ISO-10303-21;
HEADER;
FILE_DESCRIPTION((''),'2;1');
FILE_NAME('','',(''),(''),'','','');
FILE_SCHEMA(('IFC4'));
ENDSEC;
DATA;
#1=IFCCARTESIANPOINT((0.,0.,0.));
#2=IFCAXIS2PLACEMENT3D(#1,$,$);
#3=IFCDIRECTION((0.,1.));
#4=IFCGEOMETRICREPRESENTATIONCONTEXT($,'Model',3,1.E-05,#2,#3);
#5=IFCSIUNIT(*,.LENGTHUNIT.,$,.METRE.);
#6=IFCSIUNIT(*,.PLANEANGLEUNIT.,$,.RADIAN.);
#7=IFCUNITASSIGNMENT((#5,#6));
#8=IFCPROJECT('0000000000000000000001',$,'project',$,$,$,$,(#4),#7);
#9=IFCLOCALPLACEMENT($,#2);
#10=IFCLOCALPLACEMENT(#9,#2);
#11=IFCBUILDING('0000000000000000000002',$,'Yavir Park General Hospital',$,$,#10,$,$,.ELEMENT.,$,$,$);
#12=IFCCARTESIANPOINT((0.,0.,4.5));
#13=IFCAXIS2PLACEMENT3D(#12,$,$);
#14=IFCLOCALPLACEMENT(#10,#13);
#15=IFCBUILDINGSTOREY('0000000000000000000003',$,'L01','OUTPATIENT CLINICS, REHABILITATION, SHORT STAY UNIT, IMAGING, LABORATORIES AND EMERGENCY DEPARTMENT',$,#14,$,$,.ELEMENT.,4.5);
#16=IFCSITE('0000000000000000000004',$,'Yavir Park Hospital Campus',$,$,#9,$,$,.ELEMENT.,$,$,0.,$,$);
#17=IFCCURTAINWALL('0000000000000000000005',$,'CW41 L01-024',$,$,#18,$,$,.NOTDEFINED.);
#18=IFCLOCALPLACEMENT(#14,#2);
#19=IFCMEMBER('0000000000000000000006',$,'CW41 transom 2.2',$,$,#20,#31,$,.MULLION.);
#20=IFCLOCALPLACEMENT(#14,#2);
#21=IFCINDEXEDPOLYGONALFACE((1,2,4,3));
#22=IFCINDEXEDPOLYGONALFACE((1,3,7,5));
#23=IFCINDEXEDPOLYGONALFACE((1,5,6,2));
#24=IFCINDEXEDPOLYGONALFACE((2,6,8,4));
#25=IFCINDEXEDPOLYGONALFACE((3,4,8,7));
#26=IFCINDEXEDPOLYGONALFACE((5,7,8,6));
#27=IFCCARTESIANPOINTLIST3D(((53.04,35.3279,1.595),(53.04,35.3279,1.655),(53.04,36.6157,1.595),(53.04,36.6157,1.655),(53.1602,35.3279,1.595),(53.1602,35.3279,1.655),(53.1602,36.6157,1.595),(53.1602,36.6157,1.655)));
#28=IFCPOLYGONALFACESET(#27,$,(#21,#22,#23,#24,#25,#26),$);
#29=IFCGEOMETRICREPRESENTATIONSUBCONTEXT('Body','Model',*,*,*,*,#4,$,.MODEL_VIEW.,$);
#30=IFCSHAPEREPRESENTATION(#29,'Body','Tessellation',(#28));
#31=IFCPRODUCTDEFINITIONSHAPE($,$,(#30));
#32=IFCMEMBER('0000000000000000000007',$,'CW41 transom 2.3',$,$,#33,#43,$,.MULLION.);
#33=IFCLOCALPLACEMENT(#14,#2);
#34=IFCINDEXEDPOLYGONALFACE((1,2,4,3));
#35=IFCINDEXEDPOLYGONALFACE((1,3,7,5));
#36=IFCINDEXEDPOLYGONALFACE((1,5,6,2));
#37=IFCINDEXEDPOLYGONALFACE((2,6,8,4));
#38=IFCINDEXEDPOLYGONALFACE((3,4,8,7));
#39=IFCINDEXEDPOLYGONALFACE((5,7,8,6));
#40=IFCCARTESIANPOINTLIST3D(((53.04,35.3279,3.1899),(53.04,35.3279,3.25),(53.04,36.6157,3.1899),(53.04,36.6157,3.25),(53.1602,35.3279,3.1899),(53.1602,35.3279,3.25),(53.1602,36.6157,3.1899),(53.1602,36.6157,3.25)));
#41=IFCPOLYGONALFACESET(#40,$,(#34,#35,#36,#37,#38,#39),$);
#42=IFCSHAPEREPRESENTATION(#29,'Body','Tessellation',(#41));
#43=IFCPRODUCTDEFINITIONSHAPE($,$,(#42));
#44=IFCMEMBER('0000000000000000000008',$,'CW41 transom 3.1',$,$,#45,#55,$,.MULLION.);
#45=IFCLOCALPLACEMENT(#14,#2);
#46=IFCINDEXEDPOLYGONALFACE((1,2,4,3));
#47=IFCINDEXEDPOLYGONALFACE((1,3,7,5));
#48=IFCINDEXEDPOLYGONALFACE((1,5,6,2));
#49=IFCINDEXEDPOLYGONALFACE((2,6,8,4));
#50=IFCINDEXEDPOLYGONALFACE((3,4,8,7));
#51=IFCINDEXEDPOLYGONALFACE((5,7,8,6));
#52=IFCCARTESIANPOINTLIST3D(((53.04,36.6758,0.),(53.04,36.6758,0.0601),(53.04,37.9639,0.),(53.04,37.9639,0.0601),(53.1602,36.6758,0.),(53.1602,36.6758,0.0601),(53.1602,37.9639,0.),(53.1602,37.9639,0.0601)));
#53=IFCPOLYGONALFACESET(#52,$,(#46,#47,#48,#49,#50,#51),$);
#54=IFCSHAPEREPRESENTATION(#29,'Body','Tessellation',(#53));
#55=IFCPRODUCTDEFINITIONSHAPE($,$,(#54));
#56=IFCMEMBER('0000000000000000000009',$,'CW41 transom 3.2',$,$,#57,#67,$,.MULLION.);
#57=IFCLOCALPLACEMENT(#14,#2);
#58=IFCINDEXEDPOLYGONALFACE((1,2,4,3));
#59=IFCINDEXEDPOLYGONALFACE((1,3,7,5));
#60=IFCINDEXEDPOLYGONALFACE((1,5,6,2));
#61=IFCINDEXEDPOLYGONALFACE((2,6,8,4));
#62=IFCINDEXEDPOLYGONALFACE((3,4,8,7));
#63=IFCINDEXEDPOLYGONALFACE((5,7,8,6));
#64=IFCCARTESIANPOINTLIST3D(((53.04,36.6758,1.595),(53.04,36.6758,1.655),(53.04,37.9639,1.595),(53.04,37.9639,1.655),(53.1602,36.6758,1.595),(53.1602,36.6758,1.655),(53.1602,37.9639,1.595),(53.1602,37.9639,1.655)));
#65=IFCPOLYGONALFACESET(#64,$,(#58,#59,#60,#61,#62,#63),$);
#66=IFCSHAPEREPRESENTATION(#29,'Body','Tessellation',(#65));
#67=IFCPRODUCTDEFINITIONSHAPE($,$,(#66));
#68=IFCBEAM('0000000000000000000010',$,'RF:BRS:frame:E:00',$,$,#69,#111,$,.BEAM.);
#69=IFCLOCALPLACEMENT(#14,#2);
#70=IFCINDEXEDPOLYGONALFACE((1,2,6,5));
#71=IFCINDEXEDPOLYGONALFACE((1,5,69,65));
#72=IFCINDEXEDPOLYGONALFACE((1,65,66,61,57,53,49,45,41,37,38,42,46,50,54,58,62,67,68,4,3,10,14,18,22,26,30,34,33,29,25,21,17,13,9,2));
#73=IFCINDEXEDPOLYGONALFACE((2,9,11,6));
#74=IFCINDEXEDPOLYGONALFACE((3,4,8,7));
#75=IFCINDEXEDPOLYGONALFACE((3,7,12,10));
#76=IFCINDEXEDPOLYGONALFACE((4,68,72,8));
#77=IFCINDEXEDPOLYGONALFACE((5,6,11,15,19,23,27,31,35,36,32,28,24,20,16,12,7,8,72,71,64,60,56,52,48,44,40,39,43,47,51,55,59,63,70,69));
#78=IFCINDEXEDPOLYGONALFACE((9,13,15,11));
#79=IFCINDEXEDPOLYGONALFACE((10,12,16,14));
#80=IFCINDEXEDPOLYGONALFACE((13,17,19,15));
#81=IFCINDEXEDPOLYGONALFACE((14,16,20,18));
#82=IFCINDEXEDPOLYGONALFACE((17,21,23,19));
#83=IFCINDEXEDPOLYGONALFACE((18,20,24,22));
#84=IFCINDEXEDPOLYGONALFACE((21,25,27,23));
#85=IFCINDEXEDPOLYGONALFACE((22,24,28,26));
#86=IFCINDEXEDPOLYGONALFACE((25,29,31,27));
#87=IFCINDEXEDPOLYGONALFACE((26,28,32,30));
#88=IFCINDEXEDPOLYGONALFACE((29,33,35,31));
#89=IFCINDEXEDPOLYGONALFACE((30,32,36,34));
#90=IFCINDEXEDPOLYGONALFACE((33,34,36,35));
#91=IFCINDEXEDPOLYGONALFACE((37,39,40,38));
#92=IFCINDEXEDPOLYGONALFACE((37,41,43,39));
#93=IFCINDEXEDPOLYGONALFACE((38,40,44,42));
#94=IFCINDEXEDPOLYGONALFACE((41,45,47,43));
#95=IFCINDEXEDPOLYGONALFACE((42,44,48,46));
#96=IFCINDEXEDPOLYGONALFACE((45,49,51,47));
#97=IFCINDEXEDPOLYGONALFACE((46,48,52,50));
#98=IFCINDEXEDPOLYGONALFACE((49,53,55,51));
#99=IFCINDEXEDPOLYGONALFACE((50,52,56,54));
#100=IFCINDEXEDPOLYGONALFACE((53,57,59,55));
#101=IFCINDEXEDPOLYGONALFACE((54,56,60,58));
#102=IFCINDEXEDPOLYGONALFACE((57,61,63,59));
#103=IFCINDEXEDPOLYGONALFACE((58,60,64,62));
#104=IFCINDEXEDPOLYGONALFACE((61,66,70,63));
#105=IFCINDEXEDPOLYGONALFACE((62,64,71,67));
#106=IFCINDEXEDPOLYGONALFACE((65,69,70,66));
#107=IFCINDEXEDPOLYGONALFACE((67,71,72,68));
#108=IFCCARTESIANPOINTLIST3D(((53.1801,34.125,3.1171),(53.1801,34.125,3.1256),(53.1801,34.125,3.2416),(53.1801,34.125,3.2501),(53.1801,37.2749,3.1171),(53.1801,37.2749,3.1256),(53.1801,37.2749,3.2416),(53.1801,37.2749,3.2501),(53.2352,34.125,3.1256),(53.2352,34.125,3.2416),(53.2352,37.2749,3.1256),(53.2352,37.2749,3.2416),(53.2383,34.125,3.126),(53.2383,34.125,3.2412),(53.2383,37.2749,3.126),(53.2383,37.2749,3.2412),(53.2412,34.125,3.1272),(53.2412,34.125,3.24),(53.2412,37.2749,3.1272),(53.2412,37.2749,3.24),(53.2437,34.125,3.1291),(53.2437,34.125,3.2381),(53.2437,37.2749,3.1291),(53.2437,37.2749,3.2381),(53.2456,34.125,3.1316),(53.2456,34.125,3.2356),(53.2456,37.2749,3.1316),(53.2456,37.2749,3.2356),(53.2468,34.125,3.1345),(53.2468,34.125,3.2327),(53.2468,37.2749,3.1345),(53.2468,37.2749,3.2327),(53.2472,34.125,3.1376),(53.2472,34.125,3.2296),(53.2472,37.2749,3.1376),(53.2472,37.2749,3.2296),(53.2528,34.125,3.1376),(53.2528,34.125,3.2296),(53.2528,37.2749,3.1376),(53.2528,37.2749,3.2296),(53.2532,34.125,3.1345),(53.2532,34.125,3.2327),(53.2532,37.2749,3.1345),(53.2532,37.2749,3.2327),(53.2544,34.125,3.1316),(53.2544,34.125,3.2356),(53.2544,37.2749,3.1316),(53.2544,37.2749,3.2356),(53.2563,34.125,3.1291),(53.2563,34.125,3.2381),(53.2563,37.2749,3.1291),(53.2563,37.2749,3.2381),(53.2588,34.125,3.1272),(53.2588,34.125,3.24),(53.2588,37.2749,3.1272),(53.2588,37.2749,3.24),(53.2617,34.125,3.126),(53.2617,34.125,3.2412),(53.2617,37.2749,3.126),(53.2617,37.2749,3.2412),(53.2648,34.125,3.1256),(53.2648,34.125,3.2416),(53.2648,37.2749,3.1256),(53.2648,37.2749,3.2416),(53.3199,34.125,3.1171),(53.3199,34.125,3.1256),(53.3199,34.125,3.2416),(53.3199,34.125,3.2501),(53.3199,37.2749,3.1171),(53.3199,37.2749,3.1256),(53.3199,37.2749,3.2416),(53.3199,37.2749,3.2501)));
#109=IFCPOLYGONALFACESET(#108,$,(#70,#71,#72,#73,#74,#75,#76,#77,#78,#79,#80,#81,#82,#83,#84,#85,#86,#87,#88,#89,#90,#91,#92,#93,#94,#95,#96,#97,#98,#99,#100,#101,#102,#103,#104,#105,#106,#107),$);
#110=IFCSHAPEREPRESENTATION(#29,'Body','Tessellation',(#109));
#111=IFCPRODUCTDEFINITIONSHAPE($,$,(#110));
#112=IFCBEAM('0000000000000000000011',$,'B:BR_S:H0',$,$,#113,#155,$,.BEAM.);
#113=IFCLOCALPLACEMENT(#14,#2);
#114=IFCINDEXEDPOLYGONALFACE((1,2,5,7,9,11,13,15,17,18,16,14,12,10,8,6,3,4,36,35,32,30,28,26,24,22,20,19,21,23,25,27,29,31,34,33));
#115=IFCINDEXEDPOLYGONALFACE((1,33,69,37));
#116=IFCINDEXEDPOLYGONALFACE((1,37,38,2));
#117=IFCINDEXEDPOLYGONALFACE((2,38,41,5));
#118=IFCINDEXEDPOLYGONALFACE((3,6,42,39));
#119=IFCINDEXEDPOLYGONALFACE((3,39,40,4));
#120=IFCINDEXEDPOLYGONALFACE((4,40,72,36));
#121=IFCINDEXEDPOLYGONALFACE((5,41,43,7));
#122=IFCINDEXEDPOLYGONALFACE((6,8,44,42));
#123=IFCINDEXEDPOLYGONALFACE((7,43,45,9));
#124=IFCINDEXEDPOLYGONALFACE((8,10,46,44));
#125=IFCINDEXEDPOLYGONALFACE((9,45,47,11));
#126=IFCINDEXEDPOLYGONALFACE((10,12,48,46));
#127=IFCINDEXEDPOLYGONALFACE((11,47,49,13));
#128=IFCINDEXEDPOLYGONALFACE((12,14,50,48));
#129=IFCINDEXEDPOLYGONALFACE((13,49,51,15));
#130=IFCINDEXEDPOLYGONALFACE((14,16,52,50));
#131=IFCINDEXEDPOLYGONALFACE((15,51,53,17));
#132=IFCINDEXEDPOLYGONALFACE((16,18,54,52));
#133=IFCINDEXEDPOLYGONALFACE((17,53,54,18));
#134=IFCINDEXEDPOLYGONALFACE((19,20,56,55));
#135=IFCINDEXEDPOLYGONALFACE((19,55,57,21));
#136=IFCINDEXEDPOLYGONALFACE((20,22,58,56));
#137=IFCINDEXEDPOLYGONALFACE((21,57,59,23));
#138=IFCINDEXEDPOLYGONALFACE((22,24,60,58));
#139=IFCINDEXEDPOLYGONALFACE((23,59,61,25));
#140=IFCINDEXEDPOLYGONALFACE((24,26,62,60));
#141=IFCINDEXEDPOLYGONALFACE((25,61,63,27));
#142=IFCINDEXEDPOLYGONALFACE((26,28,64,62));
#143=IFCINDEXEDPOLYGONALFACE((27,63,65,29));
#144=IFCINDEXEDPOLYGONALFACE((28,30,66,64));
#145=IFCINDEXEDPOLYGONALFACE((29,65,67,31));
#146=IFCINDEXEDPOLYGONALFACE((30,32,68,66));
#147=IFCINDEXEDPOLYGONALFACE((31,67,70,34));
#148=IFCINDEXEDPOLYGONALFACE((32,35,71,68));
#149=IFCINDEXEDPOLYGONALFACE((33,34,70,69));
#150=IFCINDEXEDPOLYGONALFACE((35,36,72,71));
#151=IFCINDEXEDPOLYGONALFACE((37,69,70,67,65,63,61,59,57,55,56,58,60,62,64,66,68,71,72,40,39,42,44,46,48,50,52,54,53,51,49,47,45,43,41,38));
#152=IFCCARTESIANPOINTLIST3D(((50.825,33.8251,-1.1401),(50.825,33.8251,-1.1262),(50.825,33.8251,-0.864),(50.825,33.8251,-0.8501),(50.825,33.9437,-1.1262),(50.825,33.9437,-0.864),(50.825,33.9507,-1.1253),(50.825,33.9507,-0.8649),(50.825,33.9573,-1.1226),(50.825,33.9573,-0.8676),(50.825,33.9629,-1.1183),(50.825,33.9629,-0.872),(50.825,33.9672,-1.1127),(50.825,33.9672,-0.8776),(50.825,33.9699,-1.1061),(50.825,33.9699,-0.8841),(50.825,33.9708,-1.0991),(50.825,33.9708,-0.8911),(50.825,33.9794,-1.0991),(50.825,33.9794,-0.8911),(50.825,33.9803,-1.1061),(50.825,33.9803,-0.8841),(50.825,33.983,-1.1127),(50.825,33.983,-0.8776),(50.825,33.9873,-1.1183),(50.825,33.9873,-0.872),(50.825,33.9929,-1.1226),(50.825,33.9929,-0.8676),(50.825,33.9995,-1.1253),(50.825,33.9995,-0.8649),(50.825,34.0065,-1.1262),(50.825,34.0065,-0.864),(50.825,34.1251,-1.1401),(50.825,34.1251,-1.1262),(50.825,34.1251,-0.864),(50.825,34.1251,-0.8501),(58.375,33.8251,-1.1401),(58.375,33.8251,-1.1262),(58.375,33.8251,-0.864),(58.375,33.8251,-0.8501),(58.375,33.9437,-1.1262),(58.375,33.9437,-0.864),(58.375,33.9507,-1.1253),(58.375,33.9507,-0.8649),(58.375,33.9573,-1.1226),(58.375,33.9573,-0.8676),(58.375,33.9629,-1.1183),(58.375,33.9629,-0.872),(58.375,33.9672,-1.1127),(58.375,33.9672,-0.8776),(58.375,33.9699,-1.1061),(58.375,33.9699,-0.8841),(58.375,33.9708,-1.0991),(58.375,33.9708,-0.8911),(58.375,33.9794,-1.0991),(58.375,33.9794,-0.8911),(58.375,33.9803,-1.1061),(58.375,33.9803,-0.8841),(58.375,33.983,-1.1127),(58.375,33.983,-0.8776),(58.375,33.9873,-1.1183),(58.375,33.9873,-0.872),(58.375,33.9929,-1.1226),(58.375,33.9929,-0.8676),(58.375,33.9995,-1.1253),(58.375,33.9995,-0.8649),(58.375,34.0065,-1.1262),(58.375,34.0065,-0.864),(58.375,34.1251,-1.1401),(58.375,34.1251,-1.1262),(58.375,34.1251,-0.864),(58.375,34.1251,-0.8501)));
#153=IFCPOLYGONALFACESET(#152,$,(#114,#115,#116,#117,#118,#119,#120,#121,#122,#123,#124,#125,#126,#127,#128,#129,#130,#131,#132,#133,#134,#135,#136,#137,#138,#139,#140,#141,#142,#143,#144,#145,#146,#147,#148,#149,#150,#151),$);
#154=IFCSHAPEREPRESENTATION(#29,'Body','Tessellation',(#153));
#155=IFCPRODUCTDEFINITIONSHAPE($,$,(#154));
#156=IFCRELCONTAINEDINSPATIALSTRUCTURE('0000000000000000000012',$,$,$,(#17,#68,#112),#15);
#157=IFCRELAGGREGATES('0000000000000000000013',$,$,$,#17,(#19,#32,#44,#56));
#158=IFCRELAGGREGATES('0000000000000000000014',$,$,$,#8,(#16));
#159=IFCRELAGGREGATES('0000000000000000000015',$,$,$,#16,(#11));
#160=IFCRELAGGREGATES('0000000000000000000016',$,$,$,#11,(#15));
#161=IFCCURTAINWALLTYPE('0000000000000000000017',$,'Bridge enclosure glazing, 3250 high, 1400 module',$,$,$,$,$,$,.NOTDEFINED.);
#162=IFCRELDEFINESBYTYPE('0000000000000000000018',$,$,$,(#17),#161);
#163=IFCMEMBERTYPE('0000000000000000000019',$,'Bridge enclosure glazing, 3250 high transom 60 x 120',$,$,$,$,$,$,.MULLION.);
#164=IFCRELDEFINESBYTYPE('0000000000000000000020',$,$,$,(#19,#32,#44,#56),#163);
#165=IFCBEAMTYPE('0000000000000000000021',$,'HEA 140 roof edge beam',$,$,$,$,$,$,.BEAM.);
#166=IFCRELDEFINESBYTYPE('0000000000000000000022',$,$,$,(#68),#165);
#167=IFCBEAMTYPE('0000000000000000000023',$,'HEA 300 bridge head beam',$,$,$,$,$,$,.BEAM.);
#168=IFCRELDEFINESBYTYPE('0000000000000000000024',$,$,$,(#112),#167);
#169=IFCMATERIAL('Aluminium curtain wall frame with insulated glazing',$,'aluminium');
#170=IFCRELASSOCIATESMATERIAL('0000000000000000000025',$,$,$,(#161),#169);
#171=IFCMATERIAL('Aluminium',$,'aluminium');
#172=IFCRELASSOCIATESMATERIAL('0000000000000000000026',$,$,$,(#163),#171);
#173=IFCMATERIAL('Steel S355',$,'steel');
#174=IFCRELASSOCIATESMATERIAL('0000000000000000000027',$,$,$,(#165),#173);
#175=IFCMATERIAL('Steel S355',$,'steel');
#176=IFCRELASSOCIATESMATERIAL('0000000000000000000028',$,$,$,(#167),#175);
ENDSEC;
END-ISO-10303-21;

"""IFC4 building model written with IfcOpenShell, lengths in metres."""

from ifc_helpers import new_model, si_unit, direction, frame, origin, origin_2d, place, context, subcontext, project, spatial, rectangle, i_section, extrude, material, material_profile, profile_set, type_object, element, aggregate, save


model = new_model("IFC4")

# Units and contexts
model_context = context("Model", 3, precision=1e-05, world=origin(), true_north=direction((0.0, 1.0)))
body_context = subcontext(model_context, "Body", "Model", "MODEL_VIEW")
ifc_project = project(units=[si_unit("LENGTHUNIT", "METRE"), si_unit("PLANEANGLEUNIT", "RADIAN")], contexts=[model_context])

# Site, building, storey
site_placement = place(None, origin())
site = spatial("IfcSite", under=ifc_project, at=site_placement, Name="Yavir Park Hospital Campus", CompositionType="ELEMENT", RefElevation=0.0)
building_placement = place(site_placement, origin())
building = spatial("IfcBuilding", under=site, at=building_placement, Name="Yavir Park General Hospital", CompositionType="ELEMENT")
storey_placement = place(building_placement, frame((0.0, 0.0, 4.5)))
storey = spatial("IfcBuildingStorey", under=building, at=storey_placement, Name="L01", Description="OUTPATIENT CLINICS, REHABILITATION, SHORT STAY UNIT, IMAGING, LABORATORIES AND EMERGENCY DEPARTMENT", CompositionType="ELEMENT", Elevation=4.5)

# Curtain wall, members
ifc_material_1 = material(Name="Aluminium curtain wall frame with insulated glazing", Category="aluminium")
curtain_wall_type = type_object("IfcCurtainWallType", Name="Bridge enclosure glazing, 3250 high, 1400 module", PredefinedType="NOTDEFINED", material=ifc_material_1)
curtain_wall_placement = place(storey_placement, origin())
curtain_wall = element("IfcCurtainWall", 1, at=curtain_wall_placement, inside=storey, type_object=curtain_wall_type, Name="CW41 L01-024", PredefinedType="NOTDEFINED")
ifc_material_2 = material(Name="Aluminium", Category="aluminium")
ifc_material_profile_1 = material_profile(ifc_material_2, rectangle(XDim=0.1201, YDim=0.0601, at=origin_2d()), Name="AL 120x60")
ifc_profile_set_1 = profile_set([ifc_material_profile_1], Name="Aluminium")
member_type_1 = type_object("IfcMemberType", Name="Bridge enclosure glazing, 3250 high transom 60 x 120", PredefinedType="MULLION", material=ifc_profile_set_1)
member_1_placement = place(storey_placement, frame((53.1001, 35.3279, 1.625), z_axis=(0.0, 1.0, 0.0), x_axis=(-1.0, 0.0, 0.0)))
member_1 = element("IfcMember", 2, at=member_1_placement, type_object=member_type_1, Name="CW41 transom 2.2", PredefinedType="MULLION", context=body_context, shape_type="SweptSolid", body=[
    extrude(rectangle(XDim=0.1201, YDim=0.0601, at=origin_2d()), origin(), (0.0, 0.0, 1.0), 1.2878),
])
member_2_placement = place(storey_placement, frame((53.1001, 35.3279, 3.22), z_axis=(0.0, 1.0, 0.0), x_axis=(-1.0, 0.0, 0.0)))
member_2 = element("IfcMember", 3, at=member_2_placement, type_object=member_type_1, Name="CW41 transom 2.3", PredefinedType="MULLION", context=body_context, shape_type="SweptSolid", body=[
    extrude(rectangle(XDim=0.1201, YDim=0.0601, at=origin_2d()), origin(), (0.0, 0.0, 1.0), 1.2878),
])
member_3_placement = place(storey_placement, frame((53.1001, 36.6758, 0.03), z_axis=(0.0, 1.0, 0.0), x_axis=(-1.0, 0.0, 0.0)))
member_3 = element("IfcMember", 4, at=member_3_placement, type_object=member_type_1, Name="CW41 transom 3.1", PredefinedType="MULLION", context=body_context, shape_type="SweptSolid", body=[
    extrude(rectangle(XDim=0.1201, YDim=0.0601, at=origin_2d()), origin(), (0.0, 0.0, 1.0), 1.2881),
])
member_4_placement = place(storey_placement, frame((53.1001, 36.6758, 1.625), z_axis=(0.0, 1.0, 0.0), x_axis=(-1.0, 0.0, 0.0)))
member_4 = element("IfcMember", 5, at=member_4_placement, type_object=member_type_1, Name="CW41 transom 3.2", PredefinedType="MULLION", context=body_context, shape_type="SweptSolid", body=[
    extrude(rectangle(XDim=0.1201, YDim=0.0601, at=origin_2d()), origin(), (0.0, 0.0, 1.0), 1.2881),
])

# Beams
ifc_material_3 = material(Name="Steel S355", Category="steel")
ifc_material_profile_2 = material_profile(ifc_material_3, i_section(OverallWidth=0.1399, OverallDepth=0.1331, WebThickness=0.0056, FlangeThickness=0.0085, FilletRadius=0.012, at=origin_2d()), Name="HEA140")
ifc_profile_set_2 = profile_set([ifc_material_profile_2], Name="Steel S355")
beam_type_1 = type_object("IfcBeamType", Name="HEA 140 roof edge beam", PredefinedType="BEAM", material=ifc_profile_set_2)
beam_1_placement = place(storey_placement, frame((53.25, 34.125, 3.1836), z_axis=(0.0, 1.0, 0.0), x_axis=(-1.0, 0.0, 0.0)))
element("IfcBeam", 6, at=beam_1_placement, inside=storey, type_object=beam_type_1, Name="RF:BRS:frame:E:00", PredefinedType="BEAM", context=body_context, shape_type="SweptSolid", body=[
    extrude(i_section(OverallWidth=0.1399, OverallDepth=0.1331, WebThickness=0.0056, FlangeThickness=0.0085, FilletRadius=0.012, at=origin_2d()), origin(), (0.0, 0.0, 1.0), 3.1499),
])
ifc_material_4 = material(Name="Steel S355", Category="steel")
ifc_material_profile_3 = material_profile(ifc_material_4, i_section(OverallWidth=0.3, OverallDepth=0.29, WebThickness=0.0085, FlangeThickness=0.0139, FilletRadius=0.0271, at=origin_2d()), Name="HEA300")
ifc_profile_set_3 = profile_set([ifc_material_profile_3], Name="Steel S355")
beam_type_2 = type_object("IfcBeamType", Name="HEA 300 bridge head beam", PredefinedType="BEAM", material=ifc_profile_set_3)
beam_2_placement = place(storey_placement, frame((50.825, 33.9751, -0.9951), z_axis=(1.0, 0.0, 0.0), x_axis=(0.0, 1.0, 0.0)))
element("IfcBeam", 7, at=beam_2_placement, inside=storey, type_object=beam_type_2, Name="B:BR_S:H0", PredefinedType="BEAM", context=body_context, shape_type="SweptSolid", body=[
    extrude(i_section(OverallWidth=0.3, OverallDepth=0.29, WebThickness=0.0085, FlangeThickness=0.0139, FilletRadius=0.0271, at=origin_2d()), origin(), (0.0, 0.0, 1.0), 7.55),
])

aggregate(curtain_wall, [member_1, member_2, member_3, member_4])

save(model, "model.ifc")
